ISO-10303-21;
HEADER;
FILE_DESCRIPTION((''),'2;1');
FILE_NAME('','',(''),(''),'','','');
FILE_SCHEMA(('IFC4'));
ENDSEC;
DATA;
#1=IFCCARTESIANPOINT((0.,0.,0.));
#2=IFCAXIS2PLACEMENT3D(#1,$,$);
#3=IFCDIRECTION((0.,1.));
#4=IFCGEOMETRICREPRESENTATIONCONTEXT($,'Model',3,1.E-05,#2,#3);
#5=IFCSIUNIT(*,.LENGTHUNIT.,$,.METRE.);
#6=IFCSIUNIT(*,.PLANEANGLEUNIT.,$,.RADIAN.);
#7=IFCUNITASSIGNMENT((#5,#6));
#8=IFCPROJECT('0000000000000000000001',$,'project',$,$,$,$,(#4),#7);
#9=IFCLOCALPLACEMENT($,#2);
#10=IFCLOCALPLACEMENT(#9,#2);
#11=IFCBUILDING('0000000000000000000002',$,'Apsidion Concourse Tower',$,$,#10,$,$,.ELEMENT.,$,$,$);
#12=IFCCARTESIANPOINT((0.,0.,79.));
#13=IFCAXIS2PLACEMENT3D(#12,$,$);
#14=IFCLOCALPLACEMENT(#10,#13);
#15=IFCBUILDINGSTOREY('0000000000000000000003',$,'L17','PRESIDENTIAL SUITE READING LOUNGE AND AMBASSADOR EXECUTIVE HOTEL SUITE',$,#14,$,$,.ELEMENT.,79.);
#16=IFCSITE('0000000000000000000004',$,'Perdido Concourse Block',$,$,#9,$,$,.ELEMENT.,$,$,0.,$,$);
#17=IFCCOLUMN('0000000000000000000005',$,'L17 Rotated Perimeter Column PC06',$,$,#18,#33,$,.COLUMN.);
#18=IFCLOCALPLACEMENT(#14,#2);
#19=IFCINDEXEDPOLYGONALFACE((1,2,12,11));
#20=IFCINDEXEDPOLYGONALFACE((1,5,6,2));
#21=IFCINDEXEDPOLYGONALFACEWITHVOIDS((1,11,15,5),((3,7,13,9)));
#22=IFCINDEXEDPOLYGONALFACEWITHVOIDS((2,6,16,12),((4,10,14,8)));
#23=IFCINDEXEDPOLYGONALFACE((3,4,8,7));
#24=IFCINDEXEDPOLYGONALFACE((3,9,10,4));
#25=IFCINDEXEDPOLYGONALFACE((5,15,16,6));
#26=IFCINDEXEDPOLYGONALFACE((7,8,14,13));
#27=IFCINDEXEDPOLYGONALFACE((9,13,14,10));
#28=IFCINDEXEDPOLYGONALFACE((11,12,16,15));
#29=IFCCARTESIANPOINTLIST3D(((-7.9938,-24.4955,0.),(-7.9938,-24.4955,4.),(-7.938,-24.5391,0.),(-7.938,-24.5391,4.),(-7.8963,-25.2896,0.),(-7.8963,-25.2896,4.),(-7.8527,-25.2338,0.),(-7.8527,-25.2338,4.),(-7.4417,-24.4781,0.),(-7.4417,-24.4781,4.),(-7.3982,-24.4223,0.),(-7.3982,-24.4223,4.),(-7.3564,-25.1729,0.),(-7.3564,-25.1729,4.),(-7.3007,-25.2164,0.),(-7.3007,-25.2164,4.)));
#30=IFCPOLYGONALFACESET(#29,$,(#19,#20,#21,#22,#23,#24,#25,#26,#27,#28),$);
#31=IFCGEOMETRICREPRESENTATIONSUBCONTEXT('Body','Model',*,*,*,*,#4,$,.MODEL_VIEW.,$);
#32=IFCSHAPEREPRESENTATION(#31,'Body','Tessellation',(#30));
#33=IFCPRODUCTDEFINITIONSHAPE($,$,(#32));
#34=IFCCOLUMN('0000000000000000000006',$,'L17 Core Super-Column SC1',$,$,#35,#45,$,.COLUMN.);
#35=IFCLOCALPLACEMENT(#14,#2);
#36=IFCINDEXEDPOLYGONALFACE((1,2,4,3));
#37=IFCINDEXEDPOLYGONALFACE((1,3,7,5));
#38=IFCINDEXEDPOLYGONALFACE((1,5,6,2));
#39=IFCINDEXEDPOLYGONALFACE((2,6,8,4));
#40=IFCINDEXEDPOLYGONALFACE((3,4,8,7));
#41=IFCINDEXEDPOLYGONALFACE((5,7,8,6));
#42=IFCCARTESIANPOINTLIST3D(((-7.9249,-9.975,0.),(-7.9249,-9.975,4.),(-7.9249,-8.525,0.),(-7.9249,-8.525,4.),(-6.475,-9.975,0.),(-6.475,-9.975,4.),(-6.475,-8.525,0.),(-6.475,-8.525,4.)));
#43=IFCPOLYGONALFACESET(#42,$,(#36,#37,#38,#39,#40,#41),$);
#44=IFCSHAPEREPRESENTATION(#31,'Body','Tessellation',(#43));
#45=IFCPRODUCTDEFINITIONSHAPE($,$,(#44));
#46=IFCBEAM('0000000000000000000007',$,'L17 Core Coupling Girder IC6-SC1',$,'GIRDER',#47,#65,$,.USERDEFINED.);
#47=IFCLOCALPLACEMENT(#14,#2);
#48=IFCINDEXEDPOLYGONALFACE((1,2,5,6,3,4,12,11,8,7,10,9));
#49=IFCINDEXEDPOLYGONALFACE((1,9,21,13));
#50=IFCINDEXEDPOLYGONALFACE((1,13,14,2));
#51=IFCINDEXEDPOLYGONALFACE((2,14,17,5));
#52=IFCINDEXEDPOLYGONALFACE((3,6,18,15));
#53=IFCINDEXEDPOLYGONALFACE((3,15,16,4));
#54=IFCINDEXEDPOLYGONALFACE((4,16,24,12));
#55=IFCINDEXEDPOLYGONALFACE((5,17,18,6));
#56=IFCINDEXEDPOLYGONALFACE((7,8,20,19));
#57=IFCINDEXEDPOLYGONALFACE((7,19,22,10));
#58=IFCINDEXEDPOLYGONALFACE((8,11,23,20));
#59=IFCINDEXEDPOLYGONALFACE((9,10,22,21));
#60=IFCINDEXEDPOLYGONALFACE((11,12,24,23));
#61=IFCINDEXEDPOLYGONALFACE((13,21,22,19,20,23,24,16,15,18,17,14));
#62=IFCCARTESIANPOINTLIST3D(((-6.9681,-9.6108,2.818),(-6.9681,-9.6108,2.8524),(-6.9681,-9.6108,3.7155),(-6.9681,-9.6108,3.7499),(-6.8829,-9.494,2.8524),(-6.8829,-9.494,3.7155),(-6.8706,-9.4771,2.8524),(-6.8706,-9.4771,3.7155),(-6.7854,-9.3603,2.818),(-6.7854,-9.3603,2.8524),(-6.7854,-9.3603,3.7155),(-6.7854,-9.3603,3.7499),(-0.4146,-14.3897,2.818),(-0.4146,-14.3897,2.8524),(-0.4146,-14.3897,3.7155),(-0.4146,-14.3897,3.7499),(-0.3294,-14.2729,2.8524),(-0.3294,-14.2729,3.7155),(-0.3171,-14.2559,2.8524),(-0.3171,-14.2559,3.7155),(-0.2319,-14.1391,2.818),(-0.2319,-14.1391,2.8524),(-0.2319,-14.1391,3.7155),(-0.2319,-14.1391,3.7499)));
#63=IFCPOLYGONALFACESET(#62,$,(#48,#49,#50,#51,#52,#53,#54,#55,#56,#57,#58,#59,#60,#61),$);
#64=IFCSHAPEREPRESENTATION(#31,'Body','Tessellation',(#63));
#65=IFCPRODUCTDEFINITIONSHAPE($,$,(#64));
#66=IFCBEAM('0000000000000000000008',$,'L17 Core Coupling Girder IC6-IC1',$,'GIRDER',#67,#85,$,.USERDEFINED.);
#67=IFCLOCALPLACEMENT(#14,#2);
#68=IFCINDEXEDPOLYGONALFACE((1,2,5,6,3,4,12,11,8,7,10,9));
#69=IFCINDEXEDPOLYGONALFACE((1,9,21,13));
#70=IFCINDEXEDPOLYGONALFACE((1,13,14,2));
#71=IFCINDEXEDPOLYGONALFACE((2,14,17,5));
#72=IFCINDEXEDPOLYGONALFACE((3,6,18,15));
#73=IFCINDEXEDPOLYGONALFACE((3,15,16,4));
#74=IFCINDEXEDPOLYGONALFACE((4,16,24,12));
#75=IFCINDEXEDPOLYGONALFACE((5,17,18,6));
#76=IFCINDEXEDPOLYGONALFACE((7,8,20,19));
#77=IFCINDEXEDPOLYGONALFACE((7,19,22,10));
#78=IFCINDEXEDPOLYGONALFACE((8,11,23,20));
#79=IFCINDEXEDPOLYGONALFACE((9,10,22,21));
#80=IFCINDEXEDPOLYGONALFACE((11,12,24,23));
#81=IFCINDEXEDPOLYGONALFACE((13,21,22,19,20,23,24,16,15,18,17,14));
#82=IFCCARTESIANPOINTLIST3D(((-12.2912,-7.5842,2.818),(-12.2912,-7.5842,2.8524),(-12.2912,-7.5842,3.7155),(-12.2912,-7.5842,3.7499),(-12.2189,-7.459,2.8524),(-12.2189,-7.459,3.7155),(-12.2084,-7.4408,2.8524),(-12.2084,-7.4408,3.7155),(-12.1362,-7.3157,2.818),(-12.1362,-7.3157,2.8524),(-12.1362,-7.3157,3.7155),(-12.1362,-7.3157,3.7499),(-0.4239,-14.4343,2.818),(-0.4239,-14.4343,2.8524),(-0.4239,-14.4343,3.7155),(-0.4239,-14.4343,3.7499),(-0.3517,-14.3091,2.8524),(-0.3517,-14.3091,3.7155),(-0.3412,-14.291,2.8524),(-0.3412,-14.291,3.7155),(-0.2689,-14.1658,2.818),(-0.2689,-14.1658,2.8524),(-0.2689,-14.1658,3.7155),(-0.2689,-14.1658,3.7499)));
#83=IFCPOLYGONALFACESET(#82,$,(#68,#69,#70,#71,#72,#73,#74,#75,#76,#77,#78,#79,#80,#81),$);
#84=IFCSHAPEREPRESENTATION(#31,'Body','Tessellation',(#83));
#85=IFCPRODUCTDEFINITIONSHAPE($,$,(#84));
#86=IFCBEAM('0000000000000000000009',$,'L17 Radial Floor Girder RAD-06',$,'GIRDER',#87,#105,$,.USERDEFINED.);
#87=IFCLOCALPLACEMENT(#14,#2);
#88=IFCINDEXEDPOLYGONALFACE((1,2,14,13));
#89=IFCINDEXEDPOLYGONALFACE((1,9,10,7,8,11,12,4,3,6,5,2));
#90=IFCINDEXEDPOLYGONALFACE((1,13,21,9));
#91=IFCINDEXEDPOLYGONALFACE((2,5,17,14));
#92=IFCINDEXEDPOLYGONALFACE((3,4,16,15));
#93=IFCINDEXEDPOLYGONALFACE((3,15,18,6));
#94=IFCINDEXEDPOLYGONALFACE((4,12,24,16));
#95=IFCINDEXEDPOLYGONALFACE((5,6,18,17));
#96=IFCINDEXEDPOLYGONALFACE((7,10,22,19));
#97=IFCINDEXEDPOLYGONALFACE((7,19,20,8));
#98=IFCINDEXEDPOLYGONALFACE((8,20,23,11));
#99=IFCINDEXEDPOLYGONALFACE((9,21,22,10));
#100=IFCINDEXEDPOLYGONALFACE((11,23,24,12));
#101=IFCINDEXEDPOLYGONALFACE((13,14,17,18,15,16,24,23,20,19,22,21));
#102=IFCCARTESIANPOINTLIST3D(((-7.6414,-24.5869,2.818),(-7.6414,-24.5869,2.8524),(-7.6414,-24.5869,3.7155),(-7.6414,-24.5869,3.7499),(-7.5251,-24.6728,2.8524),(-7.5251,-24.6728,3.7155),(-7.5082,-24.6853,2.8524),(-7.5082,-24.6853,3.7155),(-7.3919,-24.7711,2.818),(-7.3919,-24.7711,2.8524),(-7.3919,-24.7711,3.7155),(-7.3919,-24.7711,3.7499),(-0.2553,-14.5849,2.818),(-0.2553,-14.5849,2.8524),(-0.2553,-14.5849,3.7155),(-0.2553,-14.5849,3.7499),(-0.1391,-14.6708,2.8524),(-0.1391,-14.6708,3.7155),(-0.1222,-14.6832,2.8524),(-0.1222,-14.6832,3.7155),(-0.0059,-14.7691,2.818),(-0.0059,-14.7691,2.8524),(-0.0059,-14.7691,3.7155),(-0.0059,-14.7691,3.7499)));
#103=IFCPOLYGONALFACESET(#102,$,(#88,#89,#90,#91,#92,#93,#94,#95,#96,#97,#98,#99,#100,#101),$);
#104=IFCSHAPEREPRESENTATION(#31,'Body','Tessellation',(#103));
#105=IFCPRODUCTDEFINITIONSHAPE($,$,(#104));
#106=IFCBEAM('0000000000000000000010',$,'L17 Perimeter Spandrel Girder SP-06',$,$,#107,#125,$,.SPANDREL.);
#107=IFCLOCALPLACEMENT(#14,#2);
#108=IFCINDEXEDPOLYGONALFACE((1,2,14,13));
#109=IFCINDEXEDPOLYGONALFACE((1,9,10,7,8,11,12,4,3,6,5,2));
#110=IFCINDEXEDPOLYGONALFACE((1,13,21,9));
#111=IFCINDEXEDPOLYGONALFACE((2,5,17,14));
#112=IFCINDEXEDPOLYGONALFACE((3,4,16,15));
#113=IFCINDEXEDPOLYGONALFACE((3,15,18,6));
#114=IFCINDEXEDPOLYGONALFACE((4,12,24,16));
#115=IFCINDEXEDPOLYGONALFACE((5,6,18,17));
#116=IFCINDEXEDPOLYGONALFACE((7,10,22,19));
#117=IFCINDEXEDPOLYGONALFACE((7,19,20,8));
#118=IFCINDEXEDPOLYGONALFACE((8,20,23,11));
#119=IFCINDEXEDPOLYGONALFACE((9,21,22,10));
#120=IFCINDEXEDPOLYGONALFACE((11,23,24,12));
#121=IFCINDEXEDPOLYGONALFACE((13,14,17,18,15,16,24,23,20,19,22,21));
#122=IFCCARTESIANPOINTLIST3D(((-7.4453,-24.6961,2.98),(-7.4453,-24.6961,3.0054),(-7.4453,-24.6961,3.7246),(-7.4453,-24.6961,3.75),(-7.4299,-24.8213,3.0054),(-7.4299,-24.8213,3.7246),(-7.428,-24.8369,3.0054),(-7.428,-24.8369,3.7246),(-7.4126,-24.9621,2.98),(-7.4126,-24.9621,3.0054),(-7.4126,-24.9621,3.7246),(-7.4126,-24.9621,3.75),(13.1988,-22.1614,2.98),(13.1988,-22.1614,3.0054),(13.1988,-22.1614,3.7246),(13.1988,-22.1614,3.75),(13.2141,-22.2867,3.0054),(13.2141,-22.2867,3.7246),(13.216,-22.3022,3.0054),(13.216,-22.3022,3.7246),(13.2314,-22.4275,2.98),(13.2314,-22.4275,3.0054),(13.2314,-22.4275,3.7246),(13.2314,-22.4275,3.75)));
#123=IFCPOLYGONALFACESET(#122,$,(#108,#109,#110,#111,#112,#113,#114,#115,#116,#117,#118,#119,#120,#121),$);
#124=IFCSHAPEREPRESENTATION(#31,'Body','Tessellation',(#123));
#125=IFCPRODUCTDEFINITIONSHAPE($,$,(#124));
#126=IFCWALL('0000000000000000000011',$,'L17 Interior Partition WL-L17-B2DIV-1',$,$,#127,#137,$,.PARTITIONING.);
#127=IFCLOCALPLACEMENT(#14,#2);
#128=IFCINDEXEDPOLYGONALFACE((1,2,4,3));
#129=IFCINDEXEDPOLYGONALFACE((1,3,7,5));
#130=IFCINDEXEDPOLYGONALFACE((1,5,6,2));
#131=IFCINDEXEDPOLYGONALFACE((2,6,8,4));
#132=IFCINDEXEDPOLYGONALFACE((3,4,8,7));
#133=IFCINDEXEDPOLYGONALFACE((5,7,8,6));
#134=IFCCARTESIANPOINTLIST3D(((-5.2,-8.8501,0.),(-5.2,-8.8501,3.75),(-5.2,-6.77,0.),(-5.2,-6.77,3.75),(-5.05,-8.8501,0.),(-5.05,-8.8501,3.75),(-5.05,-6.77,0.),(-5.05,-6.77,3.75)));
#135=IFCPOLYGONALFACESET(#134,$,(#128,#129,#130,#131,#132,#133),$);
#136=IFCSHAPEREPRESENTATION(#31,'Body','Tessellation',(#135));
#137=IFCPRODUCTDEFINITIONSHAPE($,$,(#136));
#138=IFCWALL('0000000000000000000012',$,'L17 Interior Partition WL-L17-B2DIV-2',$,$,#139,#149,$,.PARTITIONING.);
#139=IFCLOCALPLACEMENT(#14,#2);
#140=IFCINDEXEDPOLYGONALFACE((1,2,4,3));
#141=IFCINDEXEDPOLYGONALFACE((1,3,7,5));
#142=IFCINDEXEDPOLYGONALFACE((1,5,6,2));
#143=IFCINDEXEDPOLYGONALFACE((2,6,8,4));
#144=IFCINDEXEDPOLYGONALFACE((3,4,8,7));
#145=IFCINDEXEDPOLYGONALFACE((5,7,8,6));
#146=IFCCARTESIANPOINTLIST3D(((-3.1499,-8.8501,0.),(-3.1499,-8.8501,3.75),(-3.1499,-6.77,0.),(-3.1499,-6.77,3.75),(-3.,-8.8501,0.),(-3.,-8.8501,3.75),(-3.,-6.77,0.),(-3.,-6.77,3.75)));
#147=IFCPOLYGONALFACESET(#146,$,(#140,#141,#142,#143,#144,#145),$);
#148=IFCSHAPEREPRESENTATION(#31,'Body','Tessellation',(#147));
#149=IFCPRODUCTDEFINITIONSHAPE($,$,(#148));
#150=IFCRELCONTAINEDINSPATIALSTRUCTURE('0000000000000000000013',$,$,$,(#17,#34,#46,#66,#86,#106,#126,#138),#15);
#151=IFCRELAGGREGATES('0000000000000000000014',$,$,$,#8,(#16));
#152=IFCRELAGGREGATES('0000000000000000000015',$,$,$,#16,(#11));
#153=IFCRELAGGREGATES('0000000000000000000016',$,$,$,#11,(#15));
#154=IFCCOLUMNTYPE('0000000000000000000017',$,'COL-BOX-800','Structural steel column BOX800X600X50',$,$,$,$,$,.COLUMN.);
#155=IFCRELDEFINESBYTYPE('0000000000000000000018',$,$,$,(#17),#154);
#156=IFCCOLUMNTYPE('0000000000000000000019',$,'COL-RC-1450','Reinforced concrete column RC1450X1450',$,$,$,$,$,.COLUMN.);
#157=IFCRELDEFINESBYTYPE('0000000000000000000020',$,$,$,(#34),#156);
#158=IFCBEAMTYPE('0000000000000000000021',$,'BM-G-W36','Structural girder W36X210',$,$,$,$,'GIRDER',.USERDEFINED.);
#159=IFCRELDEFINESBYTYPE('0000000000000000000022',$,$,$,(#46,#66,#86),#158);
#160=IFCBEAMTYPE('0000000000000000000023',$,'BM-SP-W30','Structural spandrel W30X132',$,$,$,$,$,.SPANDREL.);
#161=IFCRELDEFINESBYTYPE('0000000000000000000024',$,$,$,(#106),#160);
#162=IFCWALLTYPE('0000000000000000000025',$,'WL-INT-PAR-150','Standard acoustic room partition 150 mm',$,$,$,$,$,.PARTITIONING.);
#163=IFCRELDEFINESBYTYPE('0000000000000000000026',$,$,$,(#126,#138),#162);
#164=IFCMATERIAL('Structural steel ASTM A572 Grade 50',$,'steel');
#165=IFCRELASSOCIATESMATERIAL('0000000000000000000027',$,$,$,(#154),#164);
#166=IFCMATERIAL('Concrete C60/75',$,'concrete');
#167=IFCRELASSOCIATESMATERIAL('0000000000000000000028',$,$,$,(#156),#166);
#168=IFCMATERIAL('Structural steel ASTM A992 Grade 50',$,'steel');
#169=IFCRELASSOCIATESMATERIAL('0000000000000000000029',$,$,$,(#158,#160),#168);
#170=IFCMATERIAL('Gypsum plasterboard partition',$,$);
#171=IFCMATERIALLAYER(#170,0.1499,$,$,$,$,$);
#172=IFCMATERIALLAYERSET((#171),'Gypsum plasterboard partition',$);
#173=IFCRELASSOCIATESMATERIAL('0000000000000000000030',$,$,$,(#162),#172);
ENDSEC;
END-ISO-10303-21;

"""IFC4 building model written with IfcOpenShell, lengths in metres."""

from ifc_helpers import new_model, si_unit, direction, frame, frame_2d, origin, origin_2d, place, context, subcontext, project, spatial, rectangle, hollow_rectangle, i_section, extrude, material, layer, layer_set, material_profile, profile_set, type_object, element, save


model = new_model("IFC4")

# Units and contexts
model_context = context("Model", 3, precision=1e-05, world=origin(), true_north=direction((0.0, 1.0)))
body_context = subcontext(model_context, "Body", "Model", "MODEL_VIEW")
ifc_project = project(units=[si_unit("LENGTHUNIT", "METRE"), si_unit("PLANEANGLEUNIT", "RADIAN")], contexts=[model_context])

# Site, building, storey
site_placement = place(None, origin())
site = spatial("IfcSite", under=ifc_project, at=site_placement, Name="Perdido Concourse Block", CompositionType="ELEMENT", RefElevation=0.0)
building_placement = place(site_placement, origin())
building = spatial("IfcBuilding", under=site, at=building_placement, Name="Apsidion Concourse Tower", CompositionType="ELEMENT")
storey_placement = place(building_placement, frame((0.0, 0.0, 79.0)))
storey = spatial("IfcBuildingStorey", under=building, at=storey_placement, Name="L17", Description="PRESIDENTIAL SUITE READING LOUNGE AND AMBASSADOR EXECUTIVE HOTEL SUITE", CompositionType="ELEMENT", Elevation=79.0)

# Columns
ifc_material_1 = material(Name="Structural steel ASTM A572 Grade 50", Category="steel")
ifc_material_profile_1 = material_profile(ifc_material_1, hollow_rectangle(XDim=0.6001, YDim=0.8, WallThickness=0.05, at=origin_2d()), Name="BOX800X600X50")
ifc_profile_set_1 = profile_set([ifc_material_profile_1], Name="Structural steel ASTM A572 Grade 50")
column_type_1 = type_object("IfcColumnType", Name="COL-BOX-800", Description="Structural steel column BOX800X600X50", PredefinedType="COLUMN", material=ifc_profile_set_1)
column_1_placement = place(storey_placement, frame((-7.6472, -24.856, 0.0), z_axis=(0.0, 0.0, 1.0), x_axis=(0.992546, 0.121869, 0.0)))
element("IfcColumn", 1, at=column_1_placement, inside=storey, type_object=column_type_1, Name="L17 Rotated Perimeter Column PC06", PredefinedType="COLUMN", context=body_context, shape_type="SweptSolid", body=[
    extrude(hollow_rectangle(XDim=0.6001, YDim=0.8, WallThickness=0.05, at=origin_2d()), origin(), (0.0, 0.0, 1.0), 4.0),
])
ifc_material_2 = material(Name="Concrete C60/75", Category="concrete")
ifc_material_profile_2 = material_profile(ifc_material_2, rectangle(XDim=1.45, YDim=1.45, at=origin_2d()), Name="RC 1450x1450")
ifc_profile_set_2 = profile_set([ifc_material_profile_2], Name="Concrete C60/75")
column_type_2 = type_object("IfcColumnType", Name="COL-RC-1450", Description="Reinforced concrete column RC1450X1450", PredefinedType="COLUMN", material=ifc_profile_set_2)
column_2_placement = place(storey_placement, frame((-7.2, -9.25, 0.0), z_axis=(0.0, 0.0, 1.0), x_axis=(1.0, 0.0, 0.0)))
element("IfcColumn", 2, at=column_2_placement, inside=storey, type_object=column_type_2, Name="L17 Core Super-Column SC1", PredefinedType="COLUMN", context=body_context, shape_type="SweptSolid", body=[
    extrude(rectangle(XDim=1.45, YDim=1.45, at=origin_2d()), origin(), (0.0, 0.0, 1.0), 4.0),
])

# Beams
ifc_material_3 = material(Name="Structural steel ASTM A992 Grade 50", Category="steel")
ifc_material_profile_3 = material_profile(ifc_material_3, i_section(OverallWidth=0.3101, OverallDepth=0.9319, WebThickness=0.021, FlangeThickness=0.0344, at=origin_2d()), Name="W36X210")
ifc_profile_set_3 = profile_set([ifc_material_profile_3], Name="Structural steel ASTM A992 Grade 50")
beam_type_1 = type_object("IfcBeamType", Name="BM-G-W36", Description="Structural girder W36X210", ElementType="GIRDER", PredefinedType="USERDEFINED", material=ifc_profile_set_3)
beam_1_placement = place(storey_placement, frame((-0.3232, -14.2644, 3.2839), z_axis=(-0.807993, 0.589191, 0.0), x_axis=(-0.589191, -0.807993, 0.0)))
element("IfcBeam", 3, at=beam_1_placement, inside=storey, type_object=beam_type_1, Name="L17 Core Coupling Girder IC6-SC1", ObjectType="GIRDER", PredefinedType="USERDEFINED", context=body_context, shape_type="SweptSolid", body=[
    extrude(i_section(OverallWidth=0.3101, OverallDepth=0.9319, WebThickness=0.021, FlangeThickness=0.0344, at=origin_2d()), origin(), (0.0, 0.0, 1.0), 8.1108),
])
beam_2_placement = place(storey_placement, frame((-0.3464, -14.3, 3.2839), z_axis=(-0.86607, 0.499922, 0.0), x_axis=(-0.499922, -0.86607, 0.0)))
element("IfcBeam", 4, at=beam_2_placement, inside=storey, type_object=beam_type_1, Name="L17 Core Coupling Girder IC6-IC1", ObjectType="GIRDER", PredefinedType="USERDEFINED", context=body_context, shape_type="SweptSolid", body=[
    extrude(i_section(OverallWidth=0.3101, OverallDepth=0.9319, WebThickness=0.021, FlangeThickness=0.0344, at=origin_2d()), origin(), (0.0, 0.0, 1.0), 13.7024),
])
beam_3_placement = place(storey_placement, frame((-0.1306, -14.677, 3.2839), z_axis=(-0.594039, -0.804436, 0.0), x_axis=(0.804436, -0.594039, 0.0)))
element("IfcBeam", 5, at=beam_3_placement, inside=storey, type_object=beam_type_1, Name="L17 Radial Floor Girder RAD-06", ObjectType="GIRDER", PredefinedType="USERDEFINED", context=body_context, shape_type="SweptSolid", body=[
    extrude(i_section(OverallWidth=0.3101, OverallDepth=0.9319, WebThickness=0.021, FlangeThickness=0.0344, at=origin_2d()), origin(), (0.0, 0.0, 1.0), 12.4336),
])
ifc_material_profile_4 = material_profile(ifc_material_3, i_section(OverallWidth=0.2681, OverallDepth=0.77, WebThickness=0.0156, FlangeThickness=0.0254, at=origin_2d()), Name="W30X132")
ifc_profile_set_4 = profile_set([ifc_material_profile_4], Name="Structural steel ASTM A992 Grade 50")
beam_type_2 = type_object("IfcBeamType", Name="BM-SP-W30", Description="Structural spandrel W30X132", PredefinedType="SPANDREL", material=ifc_profile_set_4)
beam_4_placement = place(storey_placement, frame((-7.429, -24.8291, 3.365), z_axis=(0.992547, 0.121865, 0.0), x_axis=(-0.121865, 0.992547, 0.0)))
element("IfcBeam", 6, at=beam_4_placement, inside=storey, type_object=beam_type_2, Name="L17 Perimeter Spandrel Girder SP-06", PredefinedType="SPANDREL", context=body_context, shape_type="SweptSolid", body=[
    extrude(i_section(OverallWidth=0.2681, OverallDepth=0.77, WebThickness=0.0156, FlangeThickness=0.0254, at=origin_2d()), origin(), (0.0, 0.0, 1.0), 20.7991),
])

# Walls
ifc_material_4 = material(Name="Gypsum plasterboard partition")
ifc_layer_1 = layer(ifc_material_4, 0.1499)
ifc_layer_set_1 = layer_set([ifc_layer_1], Name="Gypsum plasterboard partition")
wall_type_1 = type_object("IfcWallType", Name="WL-INT-PAR-150", Description="Standard acoustic room partition 150 mm", PredefinedType="PARTITIONING", material=ifc_layer_set_1)
for number, where, z_axis, x_axis, name in (
    (7, (-5.125, -8.8501, 0.0), (0.0, 0.0, 1.0), (0.0, 1.0, 0.0), "L17 Interior Partition WL-L17-B2DIV-1"),
    (8, (-3.075, -8.8501, 0.0), (0.0, 0.0, 1.0), (0.0, 1.0, 0.0), "L17 Interior Partition WL-L17-B2DIV-2"),
):
    element("IfcWall", number, at=place(storey_placement, frame(where, z_axis=z_axis, x_axis=x_axis)), inside=storey, type_object=wall_type_1, Name=name, PredefinedType="PARTITIONING", context=body_context, shape_type="SweptSolid", body=[
        extrude(rectangle(XDim=2.0801, YDim=0.1499, at=frame_2d((1.04, 0.0))), origin(), (0.0, 0.0, 1.0), 3.75),
    ])

save(model, "model.ifc")
